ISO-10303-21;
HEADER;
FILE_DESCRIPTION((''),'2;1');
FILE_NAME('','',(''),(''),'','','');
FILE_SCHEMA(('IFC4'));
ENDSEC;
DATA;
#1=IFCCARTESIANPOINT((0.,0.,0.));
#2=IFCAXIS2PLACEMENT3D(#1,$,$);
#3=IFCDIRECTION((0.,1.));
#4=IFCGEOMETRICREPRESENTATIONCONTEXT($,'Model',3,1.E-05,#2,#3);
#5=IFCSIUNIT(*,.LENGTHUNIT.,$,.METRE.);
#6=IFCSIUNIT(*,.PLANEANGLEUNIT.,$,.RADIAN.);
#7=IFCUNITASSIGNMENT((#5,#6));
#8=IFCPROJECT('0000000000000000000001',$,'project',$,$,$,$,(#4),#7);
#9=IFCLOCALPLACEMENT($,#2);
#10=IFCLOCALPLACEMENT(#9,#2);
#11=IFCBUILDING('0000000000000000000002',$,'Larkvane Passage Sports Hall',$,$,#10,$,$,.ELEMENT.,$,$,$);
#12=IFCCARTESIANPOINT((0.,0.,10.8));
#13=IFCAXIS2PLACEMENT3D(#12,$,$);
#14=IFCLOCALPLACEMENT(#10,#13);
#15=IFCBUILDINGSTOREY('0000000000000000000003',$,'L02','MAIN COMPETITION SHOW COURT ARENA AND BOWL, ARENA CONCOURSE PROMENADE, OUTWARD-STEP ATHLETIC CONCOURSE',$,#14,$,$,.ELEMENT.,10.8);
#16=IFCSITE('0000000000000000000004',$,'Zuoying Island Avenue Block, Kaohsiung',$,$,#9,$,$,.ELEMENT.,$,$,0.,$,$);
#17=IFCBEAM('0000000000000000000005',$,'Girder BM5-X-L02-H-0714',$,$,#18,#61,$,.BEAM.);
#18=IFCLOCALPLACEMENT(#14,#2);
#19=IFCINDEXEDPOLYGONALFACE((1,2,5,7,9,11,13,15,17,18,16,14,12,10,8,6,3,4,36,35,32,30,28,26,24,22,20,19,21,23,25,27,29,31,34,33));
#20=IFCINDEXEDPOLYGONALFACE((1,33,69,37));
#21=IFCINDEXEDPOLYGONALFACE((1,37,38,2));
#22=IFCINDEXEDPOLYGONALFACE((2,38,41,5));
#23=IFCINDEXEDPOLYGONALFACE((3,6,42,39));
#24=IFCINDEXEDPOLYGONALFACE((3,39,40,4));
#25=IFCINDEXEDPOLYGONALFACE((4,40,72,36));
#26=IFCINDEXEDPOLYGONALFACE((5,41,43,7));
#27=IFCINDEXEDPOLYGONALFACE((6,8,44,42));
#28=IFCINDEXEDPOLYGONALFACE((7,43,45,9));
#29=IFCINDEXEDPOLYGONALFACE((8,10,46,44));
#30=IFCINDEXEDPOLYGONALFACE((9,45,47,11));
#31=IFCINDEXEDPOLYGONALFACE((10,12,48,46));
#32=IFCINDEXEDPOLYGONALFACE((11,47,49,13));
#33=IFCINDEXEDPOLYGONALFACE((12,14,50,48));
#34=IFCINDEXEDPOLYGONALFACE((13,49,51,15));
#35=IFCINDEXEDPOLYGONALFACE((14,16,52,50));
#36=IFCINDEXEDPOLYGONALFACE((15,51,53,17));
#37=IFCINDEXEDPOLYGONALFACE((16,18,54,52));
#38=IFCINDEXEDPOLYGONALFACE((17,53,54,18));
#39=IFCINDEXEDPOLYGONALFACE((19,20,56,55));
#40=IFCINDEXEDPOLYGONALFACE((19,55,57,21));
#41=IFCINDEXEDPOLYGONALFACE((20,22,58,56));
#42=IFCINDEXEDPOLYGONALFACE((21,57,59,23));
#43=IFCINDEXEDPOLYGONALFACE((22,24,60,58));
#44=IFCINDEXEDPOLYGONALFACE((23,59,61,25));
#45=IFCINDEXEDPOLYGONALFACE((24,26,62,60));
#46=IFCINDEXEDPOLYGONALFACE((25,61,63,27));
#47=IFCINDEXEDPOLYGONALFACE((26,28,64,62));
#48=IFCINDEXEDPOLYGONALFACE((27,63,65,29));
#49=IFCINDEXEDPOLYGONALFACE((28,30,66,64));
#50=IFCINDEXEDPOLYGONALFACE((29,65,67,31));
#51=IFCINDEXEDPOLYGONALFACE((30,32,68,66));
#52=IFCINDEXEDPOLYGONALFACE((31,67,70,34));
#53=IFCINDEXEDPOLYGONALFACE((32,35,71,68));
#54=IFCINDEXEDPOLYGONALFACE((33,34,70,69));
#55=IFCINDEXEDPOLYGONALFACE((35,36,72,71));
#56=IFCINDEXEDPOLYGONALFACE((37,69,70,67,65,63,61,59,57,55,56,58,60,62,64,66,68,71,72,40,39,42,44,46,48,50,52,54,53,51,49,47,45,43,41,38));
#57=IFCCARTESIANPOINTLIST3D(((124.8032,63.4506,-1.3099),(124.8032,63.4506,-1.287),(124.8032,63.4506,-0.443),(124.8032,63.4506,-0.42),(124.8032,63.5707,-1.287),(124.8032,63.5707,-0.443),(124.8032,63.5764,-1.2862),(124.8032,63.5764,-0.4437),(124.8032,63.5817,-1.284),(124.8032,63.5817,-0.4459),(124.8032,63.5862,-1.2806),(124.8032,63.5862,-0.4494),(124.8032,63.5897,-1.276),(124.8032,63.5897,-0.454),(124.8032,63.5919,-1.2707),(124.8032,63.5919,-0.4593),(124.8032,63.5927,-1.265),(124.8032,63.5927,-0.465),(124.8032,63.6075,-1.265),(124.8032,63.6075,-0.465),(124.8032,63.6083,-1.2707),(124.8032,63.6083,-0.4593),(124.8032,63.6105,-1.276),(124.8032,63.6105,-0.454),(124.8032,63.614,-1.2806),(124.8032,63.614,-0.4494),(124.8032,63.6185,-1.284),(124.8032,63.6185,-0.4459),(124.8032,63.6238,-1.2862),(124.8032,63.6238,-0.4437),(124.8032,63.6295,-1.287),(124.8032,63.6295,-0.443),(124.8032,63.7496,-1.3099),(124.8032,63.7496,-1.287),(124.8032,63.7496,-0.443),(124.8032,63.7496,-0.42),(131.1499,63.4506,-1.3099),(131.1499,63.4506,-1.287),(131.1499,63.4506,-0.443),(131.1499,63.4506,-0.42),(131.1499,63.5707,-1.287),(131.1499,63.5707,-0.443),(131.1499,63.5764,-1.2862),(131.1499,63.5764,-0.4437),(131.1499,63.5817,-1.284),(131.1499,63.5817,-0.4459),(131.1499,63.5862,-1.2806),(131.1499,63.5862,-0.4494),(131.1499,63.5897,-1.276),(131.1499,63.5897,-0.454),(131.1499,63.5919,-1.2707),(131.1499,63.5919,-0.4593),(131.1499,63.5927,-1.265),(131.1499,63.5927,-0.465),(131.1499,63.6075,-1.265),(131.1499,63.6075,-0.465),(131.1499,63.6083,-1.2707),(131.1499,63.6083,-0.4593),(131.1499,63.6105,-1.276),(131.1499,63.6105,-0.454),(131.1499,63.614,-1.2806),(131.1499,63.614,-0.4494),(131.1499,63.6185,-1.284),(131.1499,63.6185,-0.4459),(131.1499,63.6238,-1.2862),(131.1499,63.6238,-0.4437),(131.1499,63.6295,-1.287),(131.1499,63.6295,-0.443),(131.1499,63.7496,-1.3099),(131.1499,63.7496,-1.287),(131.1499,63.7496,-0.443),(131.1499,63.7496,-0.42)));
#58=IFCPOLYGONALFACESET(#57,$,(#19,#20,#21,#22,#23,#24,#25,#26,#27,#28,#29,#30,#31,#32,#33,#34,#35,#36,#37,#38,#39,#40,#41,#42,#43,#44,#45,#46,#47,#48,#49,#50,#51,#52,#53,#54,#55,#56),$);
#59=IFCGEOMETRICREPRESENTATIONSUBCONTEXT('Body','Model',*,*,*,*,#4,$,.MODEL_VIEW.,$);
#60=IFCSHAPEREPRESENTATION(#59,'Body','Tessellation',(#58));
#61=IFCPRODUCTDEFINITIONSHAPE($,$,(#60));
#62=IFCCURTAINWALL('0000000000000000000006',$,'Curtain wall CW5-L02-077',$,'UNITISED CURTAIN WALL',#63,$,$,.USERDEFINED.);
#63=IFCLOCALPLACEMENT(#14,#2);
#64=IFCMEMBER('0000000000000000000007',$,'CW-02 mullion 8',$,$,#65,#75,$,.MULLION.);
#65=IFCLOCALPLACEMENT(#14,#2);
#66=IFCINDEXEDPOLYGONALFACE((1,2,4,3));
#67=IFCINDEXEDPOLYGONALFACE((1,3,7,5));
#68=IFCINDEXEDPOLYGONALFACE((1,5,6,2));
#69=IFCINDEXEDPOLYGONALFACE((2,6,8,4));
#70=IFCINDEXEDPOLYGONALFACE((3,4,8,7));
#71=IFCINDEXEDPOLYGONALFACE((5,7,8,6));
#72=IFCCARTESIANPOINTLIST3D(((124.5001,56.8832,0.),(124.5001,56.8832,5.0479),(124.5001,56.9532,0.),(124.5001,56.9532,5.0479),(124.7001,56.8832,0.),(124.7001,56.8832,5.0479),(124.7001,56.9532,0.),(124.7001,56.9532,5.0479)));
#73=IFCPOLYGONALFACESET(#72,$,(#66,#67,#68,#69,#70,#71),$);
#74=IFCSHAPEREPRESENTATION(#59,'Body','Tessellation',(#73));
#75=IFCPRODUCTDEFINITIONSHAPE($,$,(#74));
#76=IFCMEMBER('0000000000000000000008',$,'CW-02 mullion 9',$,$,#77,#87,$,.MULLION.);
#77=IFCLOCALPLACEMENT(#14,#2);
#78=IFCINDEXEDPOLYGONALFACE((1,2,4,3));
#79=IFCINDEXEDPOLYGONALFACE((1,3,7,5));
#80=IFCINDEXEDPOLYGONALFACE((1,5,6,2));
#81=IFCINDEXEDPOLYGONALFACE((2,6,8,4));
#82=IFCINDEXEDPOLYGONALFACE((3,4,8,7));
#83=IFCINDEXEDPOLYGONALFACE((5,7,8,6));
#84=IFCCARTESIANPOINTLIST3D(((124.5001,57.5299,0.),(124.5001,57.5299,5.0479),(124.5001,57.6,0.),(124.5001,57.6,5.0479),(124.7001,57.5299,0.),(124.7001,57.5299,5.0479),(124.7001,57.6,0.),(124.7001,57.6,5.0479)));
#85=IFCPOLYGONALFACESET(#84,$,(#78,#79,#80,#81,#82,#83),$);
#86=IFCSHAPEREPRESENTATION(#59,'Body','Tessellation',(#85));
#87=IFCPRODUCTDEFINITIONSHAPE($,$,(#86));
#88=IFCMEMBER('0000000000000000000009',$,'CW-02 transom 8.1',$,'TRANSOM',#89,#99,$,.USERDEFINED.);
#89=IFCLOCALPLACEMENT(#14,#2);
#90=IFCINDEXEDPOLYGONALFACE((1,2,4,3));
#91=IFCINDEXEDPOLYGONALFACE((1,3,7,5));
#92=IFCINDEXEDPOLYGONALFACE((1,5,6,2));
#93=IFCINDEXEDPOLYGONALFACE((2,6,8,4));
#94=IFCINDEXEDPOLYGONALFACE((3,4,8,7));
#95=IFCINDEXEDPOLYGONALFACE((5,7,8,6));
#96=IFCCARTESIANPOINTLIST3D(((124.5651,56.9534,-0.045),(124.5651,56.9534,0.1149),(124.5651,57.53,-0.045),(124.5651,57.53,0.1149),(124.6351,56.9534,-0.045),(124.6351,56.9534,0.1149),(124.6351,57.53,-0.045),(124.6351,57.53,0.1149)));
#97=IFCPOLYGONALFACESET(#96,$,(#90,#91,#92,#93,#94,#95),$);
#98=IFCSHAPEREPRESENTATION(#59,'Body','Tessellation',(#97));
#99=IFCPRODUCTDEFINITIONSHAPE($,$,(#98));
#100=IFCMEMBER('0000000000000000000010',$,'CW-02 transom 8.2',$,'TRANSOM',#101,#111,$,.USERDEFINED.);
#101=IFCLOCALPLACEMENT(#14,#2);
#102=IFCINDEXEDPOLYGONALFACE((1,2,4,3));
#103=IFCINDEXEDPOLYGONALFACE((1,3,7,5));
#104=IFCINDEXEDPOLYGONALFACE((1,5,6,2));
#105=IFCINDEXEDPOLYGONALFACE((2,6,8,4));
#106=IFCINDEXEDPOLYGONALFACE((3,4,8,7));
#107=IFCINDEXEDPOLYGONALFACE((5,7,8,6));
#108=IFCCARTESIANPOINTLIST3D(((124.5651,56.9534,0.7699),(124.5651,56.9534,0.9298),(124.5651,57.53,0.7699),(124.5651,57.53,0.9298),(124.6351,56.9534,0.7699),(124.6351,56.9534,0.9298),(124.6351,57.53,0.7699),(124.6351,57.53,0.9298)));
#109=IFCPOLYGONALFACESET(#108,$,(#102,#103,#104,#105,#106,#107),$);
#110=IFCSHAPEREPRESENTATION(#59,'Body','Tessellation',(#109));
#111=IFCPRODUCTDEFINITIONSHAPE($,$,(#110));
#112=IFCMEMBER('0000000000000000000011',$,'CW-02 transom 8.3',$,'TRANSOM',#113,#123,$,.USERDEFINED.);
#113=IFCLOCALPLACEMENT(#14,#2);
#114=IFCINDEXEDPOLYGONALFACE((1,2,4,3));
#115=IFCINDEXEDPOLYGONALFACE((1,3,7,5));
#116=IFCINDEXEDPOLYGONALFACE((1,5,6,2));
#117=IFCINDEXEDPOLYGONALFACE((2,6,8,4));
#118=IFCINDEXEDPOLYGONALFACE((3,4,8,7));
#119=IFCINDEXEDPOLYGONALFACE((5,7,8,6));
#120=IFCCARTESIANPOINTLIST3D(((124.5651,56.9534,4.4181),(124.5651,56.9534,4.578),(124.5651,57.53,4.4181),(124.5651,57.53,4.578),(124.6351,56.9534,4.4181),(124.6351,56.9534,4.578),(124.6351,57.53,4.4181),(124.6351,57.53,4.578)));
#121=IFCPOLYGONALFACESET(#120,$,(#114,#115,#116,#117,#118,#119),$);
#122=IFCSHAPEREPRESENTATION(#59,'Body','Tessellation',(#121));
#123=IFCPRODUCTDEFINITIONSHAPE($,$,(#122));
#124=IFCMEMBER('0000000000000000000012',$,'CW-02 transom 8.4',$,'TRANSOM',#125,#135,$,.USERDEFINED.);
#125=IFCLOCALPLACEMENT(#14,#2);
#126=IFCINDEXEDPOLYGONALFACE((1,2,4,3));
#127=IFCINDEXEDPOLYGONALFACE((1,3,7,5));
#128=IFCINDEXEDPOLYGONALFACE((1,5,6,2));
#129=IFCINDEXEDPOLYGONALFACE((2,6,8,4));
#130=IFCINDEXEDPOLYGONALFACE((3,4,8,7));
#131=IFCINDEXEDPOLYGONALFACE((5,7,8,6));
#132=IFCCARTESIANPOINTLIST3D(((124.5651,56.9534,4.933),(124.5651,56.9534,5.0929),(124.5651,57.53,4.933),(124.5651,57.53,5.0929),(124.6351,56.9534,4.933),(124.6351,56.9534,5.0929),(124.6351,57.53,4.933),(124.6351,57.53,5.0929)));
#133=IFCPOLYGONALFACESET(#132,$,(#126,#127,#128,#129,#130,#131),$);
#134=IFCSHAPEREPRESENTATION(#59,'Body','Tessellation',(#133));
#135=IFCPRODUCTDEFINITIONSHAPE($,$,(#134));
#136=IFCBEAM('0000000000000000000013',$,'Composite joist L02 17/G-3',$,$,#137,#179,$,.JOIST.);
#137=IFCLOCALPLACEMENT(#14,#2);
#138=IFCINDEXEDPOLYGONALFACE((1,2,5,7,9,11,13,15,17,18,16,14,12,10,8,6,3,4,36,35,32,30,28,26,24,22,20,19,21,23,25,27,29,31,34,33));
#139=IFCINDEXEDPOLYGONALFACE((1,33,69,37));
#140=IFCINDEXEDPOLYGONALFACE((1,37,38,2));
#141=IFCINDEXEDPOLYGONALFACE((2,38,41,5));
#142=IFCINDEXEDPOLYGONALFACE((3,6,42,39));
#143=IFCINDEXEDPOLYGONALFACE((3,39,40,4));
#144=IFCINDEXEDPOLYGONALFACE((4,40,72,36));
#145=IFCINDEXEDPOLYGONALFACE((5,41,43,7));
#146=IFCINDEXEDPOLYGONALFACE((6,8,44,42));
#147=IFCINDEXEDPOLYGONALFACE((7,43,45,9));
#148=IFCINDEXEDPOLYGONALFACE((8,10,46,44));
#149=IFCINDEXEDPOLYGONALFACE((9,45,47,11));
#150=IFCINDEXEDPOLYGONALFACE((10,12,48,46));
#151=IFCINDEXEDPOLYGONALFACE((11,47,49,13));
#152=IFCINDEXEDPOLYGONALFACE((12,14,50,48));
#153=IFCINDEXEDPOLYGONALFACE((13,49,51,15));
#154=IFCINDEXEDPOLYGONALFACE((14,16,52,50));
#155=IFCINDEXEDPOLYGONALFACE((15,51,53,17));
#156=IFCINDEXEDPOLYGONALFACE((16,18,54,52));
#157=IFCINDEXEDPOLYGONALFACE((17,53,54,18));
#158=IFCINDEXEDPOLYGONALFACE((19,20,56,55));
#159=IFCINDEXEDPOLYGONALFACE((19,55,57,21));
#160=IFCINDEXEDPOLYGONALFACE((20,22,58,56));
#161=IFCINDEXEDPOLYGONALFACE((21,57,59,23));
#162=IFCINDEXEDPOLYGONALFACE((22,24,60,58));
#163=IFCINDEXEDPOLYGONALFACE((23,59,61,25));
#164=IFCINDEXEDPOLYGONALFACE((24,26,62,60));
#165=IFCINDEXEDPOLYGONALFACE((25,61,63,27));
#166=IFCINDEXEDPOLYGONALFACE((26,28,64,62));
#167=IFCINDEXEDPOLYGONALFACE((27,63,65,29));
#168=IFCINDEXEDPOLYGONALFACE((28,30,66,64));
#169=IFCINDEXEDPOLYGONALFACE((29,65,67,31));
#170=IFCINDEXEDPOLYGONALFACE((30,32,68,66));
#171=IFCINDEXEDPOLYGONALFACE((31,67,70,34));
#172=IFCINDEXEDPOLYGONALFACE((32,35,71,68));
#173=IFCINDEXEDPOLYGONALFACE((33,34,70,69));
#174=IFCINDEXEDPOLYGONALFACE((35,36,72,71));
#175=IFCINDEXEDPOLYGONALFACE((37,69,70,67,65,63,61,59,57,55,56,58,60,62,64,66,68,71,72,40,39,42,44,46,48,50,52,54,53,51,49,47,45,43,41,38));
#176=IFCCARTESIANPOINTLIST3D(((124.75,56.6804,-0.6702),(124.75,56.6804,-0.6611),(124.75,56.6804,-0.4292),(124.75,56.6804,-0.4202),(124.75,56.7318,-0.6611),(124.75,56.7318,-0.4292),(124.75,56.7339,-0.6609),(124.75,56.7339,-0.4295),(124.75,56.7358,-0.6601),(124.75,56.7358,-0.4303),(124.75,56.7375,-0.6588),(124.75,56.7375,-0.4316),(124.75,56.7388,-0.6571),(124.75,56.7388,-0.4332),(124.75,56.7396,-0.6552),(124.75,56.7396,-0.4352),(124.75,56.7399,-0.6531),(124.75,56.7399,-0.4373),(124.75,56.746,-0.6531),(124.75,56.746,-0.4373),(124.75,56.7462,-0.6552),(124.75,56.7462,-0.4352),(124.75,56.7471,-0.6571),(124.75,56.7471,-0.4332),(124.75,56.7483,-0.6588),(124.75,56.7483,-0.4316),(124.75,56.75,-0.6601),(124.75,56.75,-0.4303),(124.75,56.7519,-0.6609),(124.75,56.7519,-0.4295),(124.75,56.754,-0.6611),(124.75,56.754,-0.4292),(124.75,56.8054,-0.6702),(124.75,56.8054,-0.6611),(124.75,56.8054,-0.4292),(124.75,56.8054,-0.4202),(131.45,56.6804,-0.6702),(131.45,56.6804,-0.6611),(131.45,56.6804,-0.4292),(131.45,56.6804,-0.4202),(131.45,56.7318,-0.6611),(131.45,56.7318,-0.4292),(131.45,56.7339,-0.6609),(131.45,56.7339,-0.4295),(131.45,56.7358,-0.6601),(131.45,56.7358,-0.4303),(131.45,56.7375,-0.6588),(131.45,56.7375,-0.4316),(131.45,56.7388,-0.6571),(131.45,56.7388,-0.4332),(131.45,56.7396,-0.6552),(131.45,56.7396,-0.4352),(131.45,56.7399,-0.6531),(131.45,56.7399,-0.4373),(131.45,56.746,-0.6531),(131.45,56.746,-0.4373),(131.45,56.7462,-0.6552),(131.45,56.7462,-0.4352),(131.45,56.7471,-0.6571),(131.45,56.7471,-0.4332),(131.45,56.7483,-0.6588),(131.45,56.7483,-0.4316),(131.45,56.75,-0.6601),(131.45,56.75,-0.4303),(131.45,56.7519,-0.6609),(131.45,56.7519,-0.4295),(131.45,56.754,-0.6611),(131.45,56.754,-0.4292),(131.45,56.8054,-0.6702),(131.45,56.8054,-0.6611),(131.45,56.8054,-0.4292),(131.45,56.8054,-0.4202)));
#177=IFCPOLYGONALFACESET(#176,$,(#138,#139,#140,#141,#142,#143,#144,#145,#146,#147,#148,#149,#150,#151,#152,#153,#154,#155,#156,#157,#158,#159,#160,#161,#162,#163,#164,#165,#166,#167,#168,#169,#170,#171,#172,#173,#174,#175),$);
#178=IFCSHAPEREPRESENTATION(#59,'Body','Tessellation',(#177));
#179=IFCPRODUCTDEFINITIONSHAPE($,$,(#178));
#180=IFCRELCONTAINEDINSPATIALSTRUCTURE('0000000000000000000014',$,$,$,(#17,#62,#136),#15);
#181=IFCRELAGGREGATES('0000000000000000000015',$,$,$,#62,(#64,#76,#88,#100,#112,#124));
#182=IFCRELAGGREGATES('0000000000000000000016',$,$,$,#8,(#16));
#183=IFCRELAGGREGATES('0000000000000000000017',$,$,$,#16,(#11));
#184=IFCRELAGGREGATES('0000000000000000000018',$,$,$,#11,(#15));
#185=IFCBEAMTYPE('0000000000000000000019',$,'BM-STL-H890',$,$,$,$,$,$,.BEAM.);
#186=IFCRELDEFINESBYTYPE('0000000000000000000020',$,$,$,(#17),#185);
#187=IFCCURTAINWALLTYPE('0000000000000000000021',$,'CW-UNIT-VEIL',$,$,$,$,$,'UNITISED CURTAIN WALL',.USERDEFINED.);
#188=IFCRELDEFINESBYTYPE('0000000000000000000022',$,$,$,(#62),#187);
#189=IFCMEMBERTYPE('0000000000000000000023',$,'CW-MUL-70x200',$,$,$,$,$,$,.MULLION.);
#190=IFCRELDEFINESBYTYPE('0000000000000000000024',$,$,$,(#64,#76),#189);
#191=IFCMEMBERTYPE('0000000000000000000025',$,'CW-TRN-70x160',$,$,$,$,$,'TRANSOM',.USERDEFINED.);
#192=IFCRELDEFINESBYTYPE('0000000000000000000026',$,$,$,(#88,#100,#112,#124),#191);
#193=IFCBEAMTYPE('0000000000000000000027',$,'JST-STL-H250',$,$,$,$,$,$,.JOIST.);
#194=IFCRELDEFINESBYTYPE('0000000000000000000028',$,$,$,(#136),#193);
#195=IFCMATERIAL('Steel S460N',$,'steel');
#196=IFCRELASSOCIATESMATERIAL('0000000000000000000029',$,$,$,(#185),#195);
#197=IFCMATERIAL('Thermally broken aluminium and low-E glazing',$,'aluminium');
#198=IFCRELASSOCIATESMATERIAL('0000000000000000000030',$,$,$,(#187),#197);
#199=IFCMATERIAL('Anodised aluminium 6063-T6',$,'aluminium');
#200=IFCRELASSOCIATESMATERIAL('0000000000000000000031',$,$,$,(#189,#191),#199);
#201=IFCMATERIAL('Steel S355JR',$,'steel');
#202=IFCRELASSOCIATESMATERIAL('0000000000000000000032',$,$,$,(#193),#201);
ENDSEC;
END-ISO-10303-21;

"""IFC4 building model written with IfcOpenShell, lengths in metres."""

from ifc_helpers import new_model, si_unit, direction, frame, origin, origin_2d, place, context, subcontext, project, spatial, rectangle, i_section, extrude, material, material_profile, profile_set, type_object, element, aggregate, save


model = new_model("IFC4")

# Units and contexts
model_context = context("Model", 3, precision=1e-05, world=origin(), true_north=direction((0.0, 1.0)))
body_context = subcontext(model_context, "Body", "Model", "MODEL_VIEW")
ifc_project = project(units=[si_unit("LENGTHUNIT", "METRE"), si_unit("PLANEANGLEUNIT", "RADIAN")], contexts=[model_context])

# Site, building, storey
site_placement = place(None, origin())
site = spatial("IfcSite", under=ifc_project, at=site_placement, Name="Zuoying Island Avenue Block, Kaohsiung", CompositionType="ELEMENT", RefElevation=0.0)
building_placement = place(site_placement, origin())
building = spatial("IfcBuilding", under=site, at=building_placement, Name="Larkvane Passage Sports Hall", CompositionType="ELEMENT")
storey_placement = place(building_placement, frame((0.0, 0.0, 10.8)))
storey = spatial("IfcBuildingStorey", under=building, at=storey_placement, Name="L02", Description="MAIN COMPETITION SHOW COURT ARENA AND BOWL, ARENA CONCOURSE PROMENADE, OUTWARD-STEP ATHLETIC CONCOURSE", CompositionType="ELEMENT", Elevation=10.8)

# Shared definitions
ifc_material_1 = material(Name="Steel S460N", Category="steel")
ifc_material_2 = material(Name="Steel S355JR", Category="steel")

# Beam
ifc_material_profile_1 = material_profile(ifc_material_1, i_section(OverallWidth=0.2991, OverallDepth=0.8899, WebThickness=0.0149, FlangeThickness=0.0229, FilletRadius=0.022, at=origin_2d()), Name="H-890x299x15x23")
ifc_profile_set_1 = profile_set([ifc_material_profile_1], Name="Steel S460N")
beam_type_1 = type_object("IfcBeamType", Name="BM-STL-H890", PredefinedType="BEAM", material=ifc_profile_set_1)
beam_1_placement = place(storey_placement, frame((124.8032, 63.6001, -0.865), z_axis=(1.0, 0.0, 0.0), x_axis=(0.0, 1.0, 0.0)))
element("IfcBeam", 1, at=beam_1_placement, inside=storey, type_object=beam_type_1, Name="Girder BM5-X-L02-H-0714", PredefinedType="BEAM", context=body_context, shape_type="SweptSolid", body=[
    extrude(i_section(OverallWidth=0.2991, OverallDepth=0.8899, WebThickness=0.0149, FlangeThickness=0.0229, FilletRadius=0.022, at=origin_2d()), origin(), (0.0, 0.0, 1.0), 6.3467),
])

# Curtain wall, members
ifc_material_3 = material(Name="Thermally broken aluminium and low-E glazing", Category="aluminium")
curtain_wall_type = type_object("IfcCurtainWallType", Name="CW-UNIT-VEIL", ElementType="UNITISED CURTAIN WALL", PredefinedType="USERDEFINED", material=ifc_material_3)
curtain_wall_placement = place(storey_placement, origin())
curtain_wall = element("IfcCurtainWall", 2, at=curtain_wall_placement, inside=storey, type_object=curtain_wall_type, Name="Curtain wall CW5-L02-077", ObjectType="UNITISED CURTAIN WALL", PredefinedType="USERDEFINED")
ifc_material_4 = material(Name="Anodised aluminium 6063-T6", Category="aluminium")
ifc_material_profile_2 = material_profile(ifc_material_4, rectangle(XDim=0.0701, YDim=0.2, at=origin_2d()), Name="ALU-MUL-70x200")
ifc_profile_set_2 = profile_set([ifc_material_profile_2], Name="Anodised aluminium 6063-T6")
member_type_1 = type_object("IfcMemberType", Name="CW-MUL-70x200", PredefinedType="MULLION", material=ifc_profile_set_2)
member_1_placement = place(storey_placement, frame((124.6001, 56.9182, 0.0), z_axis=(0.0, 0.0, 1.0), x_axis=(0.0, 1.0, 0.0)))
member_1 = element("IfcMember", 3, at=member_1_placement, type_object=member_type_1, Name="CW-02 mullion 8", PredefinedType="MULLION", context=body_context, shape_type="SweptSolid", body=[
    extrude(rectangle(XDim=0.0701, YDim=0.2, at=origin_2d()), origin(), (0.0, 0.0, 1.0), 5.0479),
])
member_2_placement = place(storey_placement, frame((124.6001, 57.5649, 0.0), z_axis=(0.0, 0.0, 1.0), x_axis=(0.0, 1.0, 0.0)))
member_2 = element("IfcMember", 4, at=member_2_placement, type_object=member_type_1, Name="CW-02 mullion 9", PredefinedType="MULLION", context=body_context, shape_type="SweptSolid", body=[
    extrude(rectangle(XDim=0.0701, YDim=0.2, at=origin_2d()), origin(), (0.0, 0.0, 1.0), 5.0479),
])
ifc_material_profile_3 = material_profile(ifc_material_4, rectangle(XDim=0.0701, YDim=0.1599, at=origin_2d()), Name="ALU-TRN-70x160")
ifc_profile_set_3 = profile_set([ifc_material_profile_3], Name="Anodised aluminium 6063-T6")
member_type_2 = type_object("IfcMemberType", Name="CW-TRN-70x160", ElementType="TRANSOM", PredefinedType="USERDEFINED", material=ifc_profile_set_3)
member_3_placement = place(storey_placement, frame((124.6001, 56.9534, 0.0349), z_axis=(0.0, 1.0, 0.0), x_axis=(-1.0, 0.0, 0.0)))
member_3 = element("IfcMember", 5, at=member_3_placement, type_object=member_type_2, Name="CW-02 transom 8.1", ObjectType="TRANSOM", PredefinedType="USERDEFINED", context=body_context, shape_type="SweptSolid", body=[
    extrude(rectangle(XDim=0.0701, YDim=0.1599, at=origin_2d()), origin(), (0.0, 0.0, 1.0), 0.5767),
])
member_4_placement = place(storey_placement, frame((124.6001, 56.9534, 0.8499), z_axis=(0.0, 1.0, 0.0), x_axis=(-1.0, 0.0, 0.0)))
member_4 = element("IfcMember", 6, at=member_4_placement, type_object=member_type_2, Name="CW-02 transom 8.2", ObjectType="TRANSOM", PredefinedType="USERDEFINED", context=body_context, shape_type="SweptSolid", body=[
    extrude(rectangle(XDim=0.0701, YDim=0.1599, at=origin_2d()), origin(), (0.0, 0.0, 1.0), 0.5767),
])
member_5_placement = place(storey_placement, frame((124.6001, 56.9534, 4.498), z_axis=(0.0, 1.0, 0.0), x_axis=(-1.0, 0.0, 0.0)))
member_5 = element("IfcMember", 7, at=member_5_placement, type_object=member_type_2, Name="CW-02 transom 8.3", ObjectType="TRANSOM", PredefinedType="USERDEFINED", context=body_context, shape_type="SweptSolid", body=[
    extrude(rectangle(XDim=0.0701, YDim=0.1599, at=origin_2d()), origin(), (0.0, 0.0, 1.0), 0.5767),
])
member_6_placement = place(storey_placement, frame((124.6001, 56.9534, 5.0129), z_axis=(0.0, 1.0, 0.0), x_axis=(-1.0, 0.0, 0.0)))
member_6 = element("IfcMember", 8, at=member_6_placement, type_object=member_type_2, Name="CW-02 transom 8.4", ObjectType="TRANSOM", PredefinedType="USERDEFINED", context=body_context, shape_type="SweptSolid", body=[
    extrude(rectangle(XDim=0.0701, YDim=0.1599, at=origin_2d()), origin(), (0.0, 0.0, 1.0), 0.5767),
])

# Beam
ifc_material_profile_4 = material_profile(ifc_material_2, i_section(OverallWidth=0.125, OverallDepth=0.25, WebThickness=0.0061, FlangeThickness=0.009, FilletRadius=0.0081, at=origin_2d()), Name="H-250x125x6x9")
ifc_profile_set_4 = profile_set([ifc_material_profile_4], Name="Steel S355JR")
beam_type_2 = type_object("IfcBeamType", Name="JST-STL-H250", PredefinedType="JOIST", material=ifc_profile_set_4)
beam_2_placement = place(storey_placement, frame((124.75, 56.7429, -0.5452), z_axis=(1.0, 0.0, 0.0), x_axis=(0.0, 1.0, 0.0)))
element("IfcBeam", 9, at=beam_2_placement, inside=storey, type_object=beam_type_2, Name="Composite joist L02 17/G-3", PredefinedType="JOIST", context=body_context, shape_type="SweptSolid", body=[
    extrude(i_section(OverallWidth=0.125, OverallDepth=0.25, WebThickness=0.0061, FlangeThickness=0.009, FilletRadius=0.0081, at=origin_2d()), origin(), (0.0, 0.0, 1.0), 6.7),
])

aggregate(curtain_wall, [member_1, member_2, member_3, member_4, member_5, member_6])

save(model, "model.ifc")
